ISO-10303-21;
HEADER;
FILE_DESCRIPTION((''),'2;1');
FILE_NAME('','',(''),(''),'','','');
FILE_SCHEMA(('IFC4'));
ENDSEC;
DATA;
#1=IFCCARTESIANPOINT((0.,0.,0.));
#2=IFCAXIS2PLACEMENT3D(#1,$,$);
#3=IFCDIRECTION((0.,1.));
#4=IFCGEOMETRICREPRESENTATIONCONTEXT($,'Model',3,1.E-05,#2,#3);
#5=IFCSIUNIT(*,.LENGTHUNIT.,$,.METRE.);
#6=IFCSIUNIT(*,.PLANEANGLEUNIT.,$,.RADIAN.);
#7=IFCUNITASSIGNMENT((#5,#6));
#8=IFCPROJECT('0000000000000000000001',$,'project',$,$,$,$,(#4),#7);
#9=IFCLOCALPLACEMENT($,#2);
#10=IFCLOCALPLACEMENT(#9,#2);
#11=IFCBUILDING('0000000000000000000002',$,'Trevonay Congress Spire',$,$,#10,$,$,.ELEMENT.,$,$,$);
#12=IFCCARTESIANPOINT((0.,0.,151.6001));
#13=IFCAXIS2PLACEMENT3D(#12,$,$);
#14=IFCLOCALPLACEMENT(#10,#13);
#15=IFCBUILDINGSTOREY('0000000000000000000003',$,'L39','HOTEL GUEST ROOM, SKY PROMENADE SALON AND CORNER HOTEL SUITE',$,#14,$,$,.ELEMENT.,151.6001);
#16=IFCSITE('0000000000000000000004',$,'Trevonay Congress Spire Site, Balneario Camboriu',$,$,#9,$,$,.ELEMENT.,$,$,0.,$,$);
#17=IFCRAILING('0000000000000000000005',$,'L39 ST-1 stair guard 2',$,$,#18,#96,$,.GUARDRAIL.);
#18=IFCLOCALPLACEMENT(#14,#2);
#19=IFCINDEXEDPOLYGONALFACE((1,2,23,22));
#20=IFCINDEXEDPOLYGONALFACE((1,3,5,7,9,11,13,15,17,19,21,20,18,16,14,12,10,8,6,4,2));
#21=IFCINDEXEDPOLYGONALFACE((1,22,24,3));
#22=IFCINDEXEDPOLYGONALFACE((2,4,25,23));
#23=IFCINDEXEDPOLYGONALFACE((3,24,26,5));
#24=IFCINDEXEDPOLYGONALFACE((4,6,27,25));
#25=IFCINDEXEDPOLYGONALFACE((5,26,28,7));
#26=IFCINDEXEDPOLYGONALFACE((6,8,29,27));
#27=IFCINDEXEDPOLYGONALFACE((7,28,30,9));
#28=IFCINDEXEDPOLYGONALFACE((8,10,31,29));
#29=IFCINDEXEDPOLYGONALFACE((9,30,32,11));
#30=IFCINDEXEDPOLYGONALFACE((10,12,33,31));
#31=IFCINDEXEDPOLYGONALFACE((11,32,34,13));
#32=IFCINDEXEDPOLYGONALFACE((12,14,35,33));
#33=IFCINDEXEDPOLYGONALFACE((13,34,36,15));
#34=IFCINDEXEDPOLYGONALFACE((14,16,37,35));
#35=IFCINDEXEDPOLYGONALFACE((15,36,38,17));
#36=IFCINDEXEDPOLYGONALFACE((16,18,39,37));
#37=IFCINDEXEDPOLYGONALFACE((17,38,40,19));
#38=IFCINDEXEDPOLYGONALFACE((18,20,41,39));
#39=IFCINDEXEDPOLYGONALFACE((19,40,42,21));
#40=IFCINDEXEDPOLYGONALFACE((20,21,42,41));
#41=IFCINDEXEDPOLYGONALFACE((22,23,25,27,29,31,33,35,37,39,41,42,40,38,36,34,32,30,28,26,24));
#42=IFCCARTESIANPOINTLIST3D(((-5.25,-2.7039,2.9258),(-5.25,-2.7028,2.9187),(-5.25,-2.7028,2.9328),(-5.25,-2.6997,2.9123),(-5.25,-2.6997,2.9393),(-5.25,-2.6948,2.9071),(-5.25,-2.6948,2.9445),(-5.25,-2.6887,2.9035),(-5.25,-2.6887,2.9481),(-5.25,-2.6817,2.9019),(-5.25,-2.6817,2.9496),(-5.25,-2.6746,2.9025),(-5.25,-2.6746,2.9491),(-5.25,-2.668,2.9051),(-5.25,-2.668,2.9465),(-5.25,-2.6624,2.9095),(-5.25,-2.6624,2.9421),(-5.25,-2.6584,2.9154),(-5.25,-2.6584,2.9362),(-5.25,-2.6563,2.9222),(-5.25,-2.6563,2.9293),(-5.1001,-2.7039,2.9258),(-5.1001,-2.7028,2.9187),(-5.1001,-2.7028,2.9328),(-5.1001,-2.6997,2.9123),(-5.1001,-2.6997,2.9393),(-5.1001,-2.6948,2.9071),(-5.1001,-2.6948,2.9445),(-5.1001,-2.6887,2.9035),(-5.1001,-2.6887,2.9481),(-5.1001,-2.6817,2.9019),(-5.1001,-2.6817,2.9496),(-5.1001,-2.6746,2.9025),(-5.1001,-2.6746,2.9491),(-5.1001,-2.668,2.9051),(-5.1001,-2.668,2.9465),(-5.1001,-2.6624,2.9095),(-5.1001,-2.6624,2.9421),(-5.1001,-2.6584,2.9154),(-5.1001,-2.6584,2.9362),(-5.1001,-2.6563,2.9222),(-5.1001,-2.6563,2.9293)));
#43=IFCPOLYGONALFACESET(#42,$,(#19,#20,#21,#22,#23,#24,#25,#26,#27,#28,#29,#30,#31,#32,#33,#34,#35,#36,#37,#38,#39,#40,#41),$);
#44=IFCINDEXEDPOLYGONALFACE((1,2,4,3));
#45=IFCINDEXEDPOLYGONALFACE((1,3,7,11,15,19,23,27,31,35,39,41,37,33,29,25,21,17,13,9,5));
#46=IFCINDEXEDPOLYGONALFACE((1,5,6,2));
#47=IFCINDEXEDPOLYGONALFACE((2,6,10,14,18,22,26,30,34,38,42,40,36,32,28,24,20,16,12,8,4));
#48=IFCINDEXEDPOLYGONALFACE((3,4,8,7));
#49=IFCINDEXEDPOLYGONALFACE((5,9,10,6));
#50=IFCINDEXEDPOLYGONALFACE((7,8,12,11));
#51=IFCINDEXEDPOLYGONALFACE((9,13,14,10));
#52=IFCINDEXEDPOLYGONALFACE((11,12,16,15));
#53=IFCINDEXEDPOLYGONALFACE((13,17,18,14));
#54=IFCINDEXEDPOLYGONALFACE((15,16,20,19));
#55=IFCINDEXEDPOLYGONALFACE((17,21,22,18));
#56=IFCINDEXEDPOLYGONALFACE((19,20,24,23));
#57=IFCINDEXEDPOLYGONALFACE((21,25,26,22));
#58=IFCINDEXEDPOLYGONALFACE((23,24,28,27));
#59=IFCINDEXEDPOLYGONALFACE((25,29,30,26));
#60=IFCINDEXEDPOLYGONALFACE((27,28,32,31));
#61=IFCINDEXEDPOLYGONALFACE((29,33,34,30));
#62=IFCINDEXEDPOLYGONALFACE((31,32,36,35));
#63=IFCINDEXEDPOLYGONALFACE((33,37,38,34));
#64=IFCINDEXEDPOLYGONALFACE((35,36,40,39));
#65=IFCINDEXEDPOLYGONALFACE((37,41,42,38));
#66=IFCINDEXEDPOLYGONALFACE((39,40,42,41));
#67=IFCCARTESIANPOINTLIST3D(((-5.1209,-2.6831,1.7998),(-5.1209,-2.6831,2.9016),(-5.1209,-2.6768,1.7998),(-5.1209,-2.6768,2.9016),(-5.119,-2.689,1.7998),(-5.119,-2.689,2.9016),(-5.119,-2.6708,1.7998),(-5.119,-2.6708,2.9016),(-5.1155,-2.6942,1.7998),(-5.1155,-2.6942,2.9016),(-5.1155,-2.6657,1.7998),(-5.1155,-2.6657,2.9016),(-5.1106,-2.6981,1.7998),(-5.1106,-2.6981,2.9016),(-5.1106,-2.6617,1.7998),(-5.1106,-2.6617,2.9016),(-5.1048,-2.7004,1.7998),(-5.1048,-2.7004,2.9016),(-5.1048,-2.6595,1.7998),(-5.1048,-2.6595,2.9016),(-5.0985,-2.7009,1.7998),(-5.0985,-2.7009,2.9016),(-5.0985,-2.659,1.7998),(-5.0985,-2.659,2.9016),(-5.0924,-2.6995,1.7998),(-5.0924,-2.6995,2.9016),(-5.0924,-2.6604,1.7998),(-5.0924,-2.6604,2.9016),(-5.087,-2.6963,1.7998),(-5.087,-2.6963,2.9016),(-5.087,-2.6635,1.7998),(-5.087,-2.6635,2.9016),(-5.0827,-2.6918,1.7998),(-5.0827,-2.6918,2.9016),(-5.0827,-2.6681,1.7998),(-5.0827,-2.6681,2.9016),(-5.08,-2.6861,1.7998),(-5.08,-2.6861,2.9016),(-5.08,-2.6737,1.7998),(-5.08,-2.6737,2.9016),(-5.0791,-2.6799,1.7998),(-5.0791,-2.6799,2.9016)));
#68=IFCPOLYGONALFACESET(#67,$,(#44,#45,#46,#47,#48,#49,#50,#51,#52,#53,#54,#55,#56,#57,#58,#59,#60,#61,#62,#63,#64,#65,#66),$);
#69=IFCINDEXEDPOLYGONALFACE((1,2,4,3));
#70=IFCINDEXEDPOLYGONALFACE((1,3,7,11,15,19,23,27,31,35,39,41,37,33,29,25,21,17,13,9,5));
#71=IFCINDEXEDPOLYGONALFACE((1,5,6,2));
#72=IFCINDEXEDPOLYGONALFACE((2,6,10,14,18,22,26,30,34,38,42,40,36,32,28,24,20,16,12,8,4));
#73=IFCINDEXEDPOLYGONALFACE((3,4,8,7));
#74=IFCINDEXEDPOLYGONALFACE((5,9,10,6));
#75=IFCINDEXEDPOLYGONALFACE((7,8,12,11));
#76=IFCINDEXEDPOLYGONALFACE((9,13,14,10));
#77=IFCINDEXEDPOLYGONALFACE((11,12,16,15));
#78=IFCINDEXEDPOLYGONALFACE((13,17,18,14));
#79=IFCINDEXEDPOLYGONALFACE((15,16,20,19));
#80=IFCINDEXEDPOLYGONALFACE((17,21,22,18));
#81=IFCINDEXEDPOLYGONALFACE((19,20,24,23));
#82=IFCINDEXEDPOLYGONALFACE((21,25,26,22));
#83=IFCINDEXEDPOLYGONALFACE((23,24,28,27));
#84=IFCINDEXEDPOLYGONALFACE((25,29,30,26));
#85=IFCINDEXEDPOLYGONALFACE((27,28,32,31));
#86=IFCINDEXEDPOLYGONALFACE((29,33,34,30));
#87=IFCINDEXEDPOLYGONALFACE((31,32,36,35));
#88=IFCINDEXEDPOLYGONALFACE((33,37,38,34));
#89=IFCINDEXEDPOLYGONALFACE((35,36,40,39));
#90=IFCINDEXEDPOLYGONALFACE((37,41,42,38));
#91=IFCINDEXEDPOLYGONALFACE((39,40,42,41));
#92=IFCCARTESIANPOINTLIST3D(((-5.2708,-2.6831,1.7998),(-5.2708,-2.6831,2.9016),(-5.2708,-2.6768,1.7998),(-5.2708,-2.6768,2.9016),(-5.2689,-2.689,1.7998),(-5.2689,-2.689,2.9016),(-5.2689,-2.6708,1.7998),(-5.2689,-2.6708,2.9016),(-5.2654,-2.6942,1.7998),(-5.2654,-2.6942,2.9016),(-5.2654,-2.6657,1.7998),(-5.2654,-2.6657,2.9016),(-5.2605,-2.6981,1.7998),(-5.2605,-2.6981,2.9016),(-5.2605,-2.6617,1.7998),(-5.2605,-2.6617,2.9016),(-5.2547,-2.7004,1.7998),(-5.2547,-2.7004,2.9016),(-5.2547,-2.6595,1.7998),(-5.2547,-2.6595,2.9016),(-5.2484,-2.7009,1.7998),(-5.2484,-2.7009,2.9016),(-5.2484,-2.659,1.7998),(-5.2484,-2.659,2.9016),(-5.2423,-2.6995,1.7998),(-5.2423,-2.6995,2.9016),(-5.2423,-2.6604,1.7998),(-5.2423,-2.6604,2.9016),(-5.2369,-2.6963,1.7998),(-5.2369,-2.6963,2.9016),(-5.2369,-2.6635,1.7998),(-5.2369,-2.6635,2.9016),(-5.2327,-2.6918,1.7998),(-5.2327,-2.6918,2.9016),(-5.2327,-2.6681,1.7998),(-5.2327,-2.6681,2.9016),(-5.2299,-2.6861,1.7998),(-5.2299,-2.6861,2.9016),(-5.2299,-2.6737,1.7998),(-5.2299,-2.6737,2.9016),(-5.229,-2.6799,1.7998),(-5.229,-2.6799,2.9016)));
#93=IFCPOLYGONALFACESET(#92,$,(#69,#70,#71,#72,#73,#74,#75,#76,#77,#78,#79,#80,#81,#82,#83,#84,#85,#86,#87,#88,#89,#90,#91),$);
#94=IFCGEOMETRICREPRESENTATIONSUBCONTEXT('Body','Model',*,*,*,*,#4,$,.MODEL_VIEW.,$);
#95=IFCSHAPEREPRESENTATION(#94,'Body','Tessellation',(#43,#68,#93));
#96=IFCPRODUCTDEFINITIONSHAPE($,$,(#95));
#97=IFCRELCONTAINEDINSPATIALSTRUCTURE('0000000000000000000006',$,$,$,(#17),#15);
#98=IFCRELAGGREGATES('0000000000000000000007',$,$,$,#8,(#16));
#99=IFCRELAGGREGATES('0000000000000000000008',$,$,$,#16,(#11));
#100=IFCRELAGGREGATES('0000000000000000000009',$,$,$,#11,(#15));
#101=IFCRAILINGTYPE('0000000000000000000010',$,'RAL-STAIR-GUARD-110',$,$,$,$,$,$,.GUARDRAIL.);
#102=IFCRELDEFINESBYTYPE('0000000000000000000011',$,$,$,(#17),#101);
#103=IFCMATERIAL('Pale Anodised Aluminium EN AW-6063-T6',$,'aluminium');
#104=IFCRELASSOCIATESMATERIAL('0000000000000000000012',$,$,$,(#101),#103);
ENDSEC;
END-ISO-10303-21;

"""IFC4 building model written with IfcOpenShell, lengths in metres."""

from ifc_helpers import new_model, si_unit, direction, frame, origin, origin_2d, place, context, subcontext, project, spatial, circle, extrude, material, type_object, element, save


model = new_model("IFC4")

# Units and contexts
model_context = context("Model", 3, precision=1e-05, world=origin(), true_north=direction((0.0, 1.0)))
body_context = subcontext(model_context, "Body", "Model", "MODEL_VIEW")
ifc_project = project(units=[si_unit("LENGTHUNIT", "METRE"), si_unit("PLANEANGLEUNIT", "RADIAN")], contexts=[model_context])

# Site, building, storey
site_placement = place(None, origin())
site = spatial("IfcSite", under=ifc_project, at=site_placement, Name="Trevonay Congress Spire Site, Balneario Camboriu", CompositionType="ELEMENT", RefElevation=0.0)
building_placement = place(site_placement, origin())
building = spatial("IfcBuilding", under=site, at=building_placement, Name="Trevonay Congress Spire", CompositionType="ELEMENT")
storey_placement = place(building_placement, frame((0.0, 0.0, 151.6001)))
storey = spatial("IfcBuildingStorey", under=building, at=storey_placement, Name="L39", Description="HOTEL GUEST ROOM, SKY PROMENADE SALON AND CORNER HOTEL SUITE", CompositionType="ELEMENT", Elevation=151.6001)

# Shared definitions
ifc_material_1 = material(Name="Pale Anodised Aluminium EN AW-6063-T6", Category="aluminium")

# Railing
railing_type_1 = type_object("IfcRailingType", Name="RAL-STAIR-GUARD-110", PredefinedType="GUARDRAIL", material=ifc_material_1)
railing_1_placement = place(storey_placement, frame((-5.1001, -2.6799, 1.7998)))
element("IfcRailing", 1, at=railing_1_placement, inside=storey, type_object=railing_type_1, Name="L39 ST-1 stair guard 2", PredefinedType="GUARDRAIL", context=body_context, shape_type="SweptSolid", body=[
    extrude(circle(Radius=0.0239, at=origin_2d()), frame((0.0, 0.0, 1.126), z_axis=(-1.0, 0.0, 0.0), x_axis=(0.0, -1.0, 0.0)), (0.0, 0.0, 1.0), 0.1499),
    extrude(circle(Radius=0.021, at=origin_2d()), origin(), (0.0, 0.0, 1.0), 1.1018),
    extrude(circle(Radius=0.021, at=origin_2d()), frame((-0.1499, 0.0, 0.0)), (0.0, 0.0, 1.0), 1.1018),
])

save(model, "model.ifc")
